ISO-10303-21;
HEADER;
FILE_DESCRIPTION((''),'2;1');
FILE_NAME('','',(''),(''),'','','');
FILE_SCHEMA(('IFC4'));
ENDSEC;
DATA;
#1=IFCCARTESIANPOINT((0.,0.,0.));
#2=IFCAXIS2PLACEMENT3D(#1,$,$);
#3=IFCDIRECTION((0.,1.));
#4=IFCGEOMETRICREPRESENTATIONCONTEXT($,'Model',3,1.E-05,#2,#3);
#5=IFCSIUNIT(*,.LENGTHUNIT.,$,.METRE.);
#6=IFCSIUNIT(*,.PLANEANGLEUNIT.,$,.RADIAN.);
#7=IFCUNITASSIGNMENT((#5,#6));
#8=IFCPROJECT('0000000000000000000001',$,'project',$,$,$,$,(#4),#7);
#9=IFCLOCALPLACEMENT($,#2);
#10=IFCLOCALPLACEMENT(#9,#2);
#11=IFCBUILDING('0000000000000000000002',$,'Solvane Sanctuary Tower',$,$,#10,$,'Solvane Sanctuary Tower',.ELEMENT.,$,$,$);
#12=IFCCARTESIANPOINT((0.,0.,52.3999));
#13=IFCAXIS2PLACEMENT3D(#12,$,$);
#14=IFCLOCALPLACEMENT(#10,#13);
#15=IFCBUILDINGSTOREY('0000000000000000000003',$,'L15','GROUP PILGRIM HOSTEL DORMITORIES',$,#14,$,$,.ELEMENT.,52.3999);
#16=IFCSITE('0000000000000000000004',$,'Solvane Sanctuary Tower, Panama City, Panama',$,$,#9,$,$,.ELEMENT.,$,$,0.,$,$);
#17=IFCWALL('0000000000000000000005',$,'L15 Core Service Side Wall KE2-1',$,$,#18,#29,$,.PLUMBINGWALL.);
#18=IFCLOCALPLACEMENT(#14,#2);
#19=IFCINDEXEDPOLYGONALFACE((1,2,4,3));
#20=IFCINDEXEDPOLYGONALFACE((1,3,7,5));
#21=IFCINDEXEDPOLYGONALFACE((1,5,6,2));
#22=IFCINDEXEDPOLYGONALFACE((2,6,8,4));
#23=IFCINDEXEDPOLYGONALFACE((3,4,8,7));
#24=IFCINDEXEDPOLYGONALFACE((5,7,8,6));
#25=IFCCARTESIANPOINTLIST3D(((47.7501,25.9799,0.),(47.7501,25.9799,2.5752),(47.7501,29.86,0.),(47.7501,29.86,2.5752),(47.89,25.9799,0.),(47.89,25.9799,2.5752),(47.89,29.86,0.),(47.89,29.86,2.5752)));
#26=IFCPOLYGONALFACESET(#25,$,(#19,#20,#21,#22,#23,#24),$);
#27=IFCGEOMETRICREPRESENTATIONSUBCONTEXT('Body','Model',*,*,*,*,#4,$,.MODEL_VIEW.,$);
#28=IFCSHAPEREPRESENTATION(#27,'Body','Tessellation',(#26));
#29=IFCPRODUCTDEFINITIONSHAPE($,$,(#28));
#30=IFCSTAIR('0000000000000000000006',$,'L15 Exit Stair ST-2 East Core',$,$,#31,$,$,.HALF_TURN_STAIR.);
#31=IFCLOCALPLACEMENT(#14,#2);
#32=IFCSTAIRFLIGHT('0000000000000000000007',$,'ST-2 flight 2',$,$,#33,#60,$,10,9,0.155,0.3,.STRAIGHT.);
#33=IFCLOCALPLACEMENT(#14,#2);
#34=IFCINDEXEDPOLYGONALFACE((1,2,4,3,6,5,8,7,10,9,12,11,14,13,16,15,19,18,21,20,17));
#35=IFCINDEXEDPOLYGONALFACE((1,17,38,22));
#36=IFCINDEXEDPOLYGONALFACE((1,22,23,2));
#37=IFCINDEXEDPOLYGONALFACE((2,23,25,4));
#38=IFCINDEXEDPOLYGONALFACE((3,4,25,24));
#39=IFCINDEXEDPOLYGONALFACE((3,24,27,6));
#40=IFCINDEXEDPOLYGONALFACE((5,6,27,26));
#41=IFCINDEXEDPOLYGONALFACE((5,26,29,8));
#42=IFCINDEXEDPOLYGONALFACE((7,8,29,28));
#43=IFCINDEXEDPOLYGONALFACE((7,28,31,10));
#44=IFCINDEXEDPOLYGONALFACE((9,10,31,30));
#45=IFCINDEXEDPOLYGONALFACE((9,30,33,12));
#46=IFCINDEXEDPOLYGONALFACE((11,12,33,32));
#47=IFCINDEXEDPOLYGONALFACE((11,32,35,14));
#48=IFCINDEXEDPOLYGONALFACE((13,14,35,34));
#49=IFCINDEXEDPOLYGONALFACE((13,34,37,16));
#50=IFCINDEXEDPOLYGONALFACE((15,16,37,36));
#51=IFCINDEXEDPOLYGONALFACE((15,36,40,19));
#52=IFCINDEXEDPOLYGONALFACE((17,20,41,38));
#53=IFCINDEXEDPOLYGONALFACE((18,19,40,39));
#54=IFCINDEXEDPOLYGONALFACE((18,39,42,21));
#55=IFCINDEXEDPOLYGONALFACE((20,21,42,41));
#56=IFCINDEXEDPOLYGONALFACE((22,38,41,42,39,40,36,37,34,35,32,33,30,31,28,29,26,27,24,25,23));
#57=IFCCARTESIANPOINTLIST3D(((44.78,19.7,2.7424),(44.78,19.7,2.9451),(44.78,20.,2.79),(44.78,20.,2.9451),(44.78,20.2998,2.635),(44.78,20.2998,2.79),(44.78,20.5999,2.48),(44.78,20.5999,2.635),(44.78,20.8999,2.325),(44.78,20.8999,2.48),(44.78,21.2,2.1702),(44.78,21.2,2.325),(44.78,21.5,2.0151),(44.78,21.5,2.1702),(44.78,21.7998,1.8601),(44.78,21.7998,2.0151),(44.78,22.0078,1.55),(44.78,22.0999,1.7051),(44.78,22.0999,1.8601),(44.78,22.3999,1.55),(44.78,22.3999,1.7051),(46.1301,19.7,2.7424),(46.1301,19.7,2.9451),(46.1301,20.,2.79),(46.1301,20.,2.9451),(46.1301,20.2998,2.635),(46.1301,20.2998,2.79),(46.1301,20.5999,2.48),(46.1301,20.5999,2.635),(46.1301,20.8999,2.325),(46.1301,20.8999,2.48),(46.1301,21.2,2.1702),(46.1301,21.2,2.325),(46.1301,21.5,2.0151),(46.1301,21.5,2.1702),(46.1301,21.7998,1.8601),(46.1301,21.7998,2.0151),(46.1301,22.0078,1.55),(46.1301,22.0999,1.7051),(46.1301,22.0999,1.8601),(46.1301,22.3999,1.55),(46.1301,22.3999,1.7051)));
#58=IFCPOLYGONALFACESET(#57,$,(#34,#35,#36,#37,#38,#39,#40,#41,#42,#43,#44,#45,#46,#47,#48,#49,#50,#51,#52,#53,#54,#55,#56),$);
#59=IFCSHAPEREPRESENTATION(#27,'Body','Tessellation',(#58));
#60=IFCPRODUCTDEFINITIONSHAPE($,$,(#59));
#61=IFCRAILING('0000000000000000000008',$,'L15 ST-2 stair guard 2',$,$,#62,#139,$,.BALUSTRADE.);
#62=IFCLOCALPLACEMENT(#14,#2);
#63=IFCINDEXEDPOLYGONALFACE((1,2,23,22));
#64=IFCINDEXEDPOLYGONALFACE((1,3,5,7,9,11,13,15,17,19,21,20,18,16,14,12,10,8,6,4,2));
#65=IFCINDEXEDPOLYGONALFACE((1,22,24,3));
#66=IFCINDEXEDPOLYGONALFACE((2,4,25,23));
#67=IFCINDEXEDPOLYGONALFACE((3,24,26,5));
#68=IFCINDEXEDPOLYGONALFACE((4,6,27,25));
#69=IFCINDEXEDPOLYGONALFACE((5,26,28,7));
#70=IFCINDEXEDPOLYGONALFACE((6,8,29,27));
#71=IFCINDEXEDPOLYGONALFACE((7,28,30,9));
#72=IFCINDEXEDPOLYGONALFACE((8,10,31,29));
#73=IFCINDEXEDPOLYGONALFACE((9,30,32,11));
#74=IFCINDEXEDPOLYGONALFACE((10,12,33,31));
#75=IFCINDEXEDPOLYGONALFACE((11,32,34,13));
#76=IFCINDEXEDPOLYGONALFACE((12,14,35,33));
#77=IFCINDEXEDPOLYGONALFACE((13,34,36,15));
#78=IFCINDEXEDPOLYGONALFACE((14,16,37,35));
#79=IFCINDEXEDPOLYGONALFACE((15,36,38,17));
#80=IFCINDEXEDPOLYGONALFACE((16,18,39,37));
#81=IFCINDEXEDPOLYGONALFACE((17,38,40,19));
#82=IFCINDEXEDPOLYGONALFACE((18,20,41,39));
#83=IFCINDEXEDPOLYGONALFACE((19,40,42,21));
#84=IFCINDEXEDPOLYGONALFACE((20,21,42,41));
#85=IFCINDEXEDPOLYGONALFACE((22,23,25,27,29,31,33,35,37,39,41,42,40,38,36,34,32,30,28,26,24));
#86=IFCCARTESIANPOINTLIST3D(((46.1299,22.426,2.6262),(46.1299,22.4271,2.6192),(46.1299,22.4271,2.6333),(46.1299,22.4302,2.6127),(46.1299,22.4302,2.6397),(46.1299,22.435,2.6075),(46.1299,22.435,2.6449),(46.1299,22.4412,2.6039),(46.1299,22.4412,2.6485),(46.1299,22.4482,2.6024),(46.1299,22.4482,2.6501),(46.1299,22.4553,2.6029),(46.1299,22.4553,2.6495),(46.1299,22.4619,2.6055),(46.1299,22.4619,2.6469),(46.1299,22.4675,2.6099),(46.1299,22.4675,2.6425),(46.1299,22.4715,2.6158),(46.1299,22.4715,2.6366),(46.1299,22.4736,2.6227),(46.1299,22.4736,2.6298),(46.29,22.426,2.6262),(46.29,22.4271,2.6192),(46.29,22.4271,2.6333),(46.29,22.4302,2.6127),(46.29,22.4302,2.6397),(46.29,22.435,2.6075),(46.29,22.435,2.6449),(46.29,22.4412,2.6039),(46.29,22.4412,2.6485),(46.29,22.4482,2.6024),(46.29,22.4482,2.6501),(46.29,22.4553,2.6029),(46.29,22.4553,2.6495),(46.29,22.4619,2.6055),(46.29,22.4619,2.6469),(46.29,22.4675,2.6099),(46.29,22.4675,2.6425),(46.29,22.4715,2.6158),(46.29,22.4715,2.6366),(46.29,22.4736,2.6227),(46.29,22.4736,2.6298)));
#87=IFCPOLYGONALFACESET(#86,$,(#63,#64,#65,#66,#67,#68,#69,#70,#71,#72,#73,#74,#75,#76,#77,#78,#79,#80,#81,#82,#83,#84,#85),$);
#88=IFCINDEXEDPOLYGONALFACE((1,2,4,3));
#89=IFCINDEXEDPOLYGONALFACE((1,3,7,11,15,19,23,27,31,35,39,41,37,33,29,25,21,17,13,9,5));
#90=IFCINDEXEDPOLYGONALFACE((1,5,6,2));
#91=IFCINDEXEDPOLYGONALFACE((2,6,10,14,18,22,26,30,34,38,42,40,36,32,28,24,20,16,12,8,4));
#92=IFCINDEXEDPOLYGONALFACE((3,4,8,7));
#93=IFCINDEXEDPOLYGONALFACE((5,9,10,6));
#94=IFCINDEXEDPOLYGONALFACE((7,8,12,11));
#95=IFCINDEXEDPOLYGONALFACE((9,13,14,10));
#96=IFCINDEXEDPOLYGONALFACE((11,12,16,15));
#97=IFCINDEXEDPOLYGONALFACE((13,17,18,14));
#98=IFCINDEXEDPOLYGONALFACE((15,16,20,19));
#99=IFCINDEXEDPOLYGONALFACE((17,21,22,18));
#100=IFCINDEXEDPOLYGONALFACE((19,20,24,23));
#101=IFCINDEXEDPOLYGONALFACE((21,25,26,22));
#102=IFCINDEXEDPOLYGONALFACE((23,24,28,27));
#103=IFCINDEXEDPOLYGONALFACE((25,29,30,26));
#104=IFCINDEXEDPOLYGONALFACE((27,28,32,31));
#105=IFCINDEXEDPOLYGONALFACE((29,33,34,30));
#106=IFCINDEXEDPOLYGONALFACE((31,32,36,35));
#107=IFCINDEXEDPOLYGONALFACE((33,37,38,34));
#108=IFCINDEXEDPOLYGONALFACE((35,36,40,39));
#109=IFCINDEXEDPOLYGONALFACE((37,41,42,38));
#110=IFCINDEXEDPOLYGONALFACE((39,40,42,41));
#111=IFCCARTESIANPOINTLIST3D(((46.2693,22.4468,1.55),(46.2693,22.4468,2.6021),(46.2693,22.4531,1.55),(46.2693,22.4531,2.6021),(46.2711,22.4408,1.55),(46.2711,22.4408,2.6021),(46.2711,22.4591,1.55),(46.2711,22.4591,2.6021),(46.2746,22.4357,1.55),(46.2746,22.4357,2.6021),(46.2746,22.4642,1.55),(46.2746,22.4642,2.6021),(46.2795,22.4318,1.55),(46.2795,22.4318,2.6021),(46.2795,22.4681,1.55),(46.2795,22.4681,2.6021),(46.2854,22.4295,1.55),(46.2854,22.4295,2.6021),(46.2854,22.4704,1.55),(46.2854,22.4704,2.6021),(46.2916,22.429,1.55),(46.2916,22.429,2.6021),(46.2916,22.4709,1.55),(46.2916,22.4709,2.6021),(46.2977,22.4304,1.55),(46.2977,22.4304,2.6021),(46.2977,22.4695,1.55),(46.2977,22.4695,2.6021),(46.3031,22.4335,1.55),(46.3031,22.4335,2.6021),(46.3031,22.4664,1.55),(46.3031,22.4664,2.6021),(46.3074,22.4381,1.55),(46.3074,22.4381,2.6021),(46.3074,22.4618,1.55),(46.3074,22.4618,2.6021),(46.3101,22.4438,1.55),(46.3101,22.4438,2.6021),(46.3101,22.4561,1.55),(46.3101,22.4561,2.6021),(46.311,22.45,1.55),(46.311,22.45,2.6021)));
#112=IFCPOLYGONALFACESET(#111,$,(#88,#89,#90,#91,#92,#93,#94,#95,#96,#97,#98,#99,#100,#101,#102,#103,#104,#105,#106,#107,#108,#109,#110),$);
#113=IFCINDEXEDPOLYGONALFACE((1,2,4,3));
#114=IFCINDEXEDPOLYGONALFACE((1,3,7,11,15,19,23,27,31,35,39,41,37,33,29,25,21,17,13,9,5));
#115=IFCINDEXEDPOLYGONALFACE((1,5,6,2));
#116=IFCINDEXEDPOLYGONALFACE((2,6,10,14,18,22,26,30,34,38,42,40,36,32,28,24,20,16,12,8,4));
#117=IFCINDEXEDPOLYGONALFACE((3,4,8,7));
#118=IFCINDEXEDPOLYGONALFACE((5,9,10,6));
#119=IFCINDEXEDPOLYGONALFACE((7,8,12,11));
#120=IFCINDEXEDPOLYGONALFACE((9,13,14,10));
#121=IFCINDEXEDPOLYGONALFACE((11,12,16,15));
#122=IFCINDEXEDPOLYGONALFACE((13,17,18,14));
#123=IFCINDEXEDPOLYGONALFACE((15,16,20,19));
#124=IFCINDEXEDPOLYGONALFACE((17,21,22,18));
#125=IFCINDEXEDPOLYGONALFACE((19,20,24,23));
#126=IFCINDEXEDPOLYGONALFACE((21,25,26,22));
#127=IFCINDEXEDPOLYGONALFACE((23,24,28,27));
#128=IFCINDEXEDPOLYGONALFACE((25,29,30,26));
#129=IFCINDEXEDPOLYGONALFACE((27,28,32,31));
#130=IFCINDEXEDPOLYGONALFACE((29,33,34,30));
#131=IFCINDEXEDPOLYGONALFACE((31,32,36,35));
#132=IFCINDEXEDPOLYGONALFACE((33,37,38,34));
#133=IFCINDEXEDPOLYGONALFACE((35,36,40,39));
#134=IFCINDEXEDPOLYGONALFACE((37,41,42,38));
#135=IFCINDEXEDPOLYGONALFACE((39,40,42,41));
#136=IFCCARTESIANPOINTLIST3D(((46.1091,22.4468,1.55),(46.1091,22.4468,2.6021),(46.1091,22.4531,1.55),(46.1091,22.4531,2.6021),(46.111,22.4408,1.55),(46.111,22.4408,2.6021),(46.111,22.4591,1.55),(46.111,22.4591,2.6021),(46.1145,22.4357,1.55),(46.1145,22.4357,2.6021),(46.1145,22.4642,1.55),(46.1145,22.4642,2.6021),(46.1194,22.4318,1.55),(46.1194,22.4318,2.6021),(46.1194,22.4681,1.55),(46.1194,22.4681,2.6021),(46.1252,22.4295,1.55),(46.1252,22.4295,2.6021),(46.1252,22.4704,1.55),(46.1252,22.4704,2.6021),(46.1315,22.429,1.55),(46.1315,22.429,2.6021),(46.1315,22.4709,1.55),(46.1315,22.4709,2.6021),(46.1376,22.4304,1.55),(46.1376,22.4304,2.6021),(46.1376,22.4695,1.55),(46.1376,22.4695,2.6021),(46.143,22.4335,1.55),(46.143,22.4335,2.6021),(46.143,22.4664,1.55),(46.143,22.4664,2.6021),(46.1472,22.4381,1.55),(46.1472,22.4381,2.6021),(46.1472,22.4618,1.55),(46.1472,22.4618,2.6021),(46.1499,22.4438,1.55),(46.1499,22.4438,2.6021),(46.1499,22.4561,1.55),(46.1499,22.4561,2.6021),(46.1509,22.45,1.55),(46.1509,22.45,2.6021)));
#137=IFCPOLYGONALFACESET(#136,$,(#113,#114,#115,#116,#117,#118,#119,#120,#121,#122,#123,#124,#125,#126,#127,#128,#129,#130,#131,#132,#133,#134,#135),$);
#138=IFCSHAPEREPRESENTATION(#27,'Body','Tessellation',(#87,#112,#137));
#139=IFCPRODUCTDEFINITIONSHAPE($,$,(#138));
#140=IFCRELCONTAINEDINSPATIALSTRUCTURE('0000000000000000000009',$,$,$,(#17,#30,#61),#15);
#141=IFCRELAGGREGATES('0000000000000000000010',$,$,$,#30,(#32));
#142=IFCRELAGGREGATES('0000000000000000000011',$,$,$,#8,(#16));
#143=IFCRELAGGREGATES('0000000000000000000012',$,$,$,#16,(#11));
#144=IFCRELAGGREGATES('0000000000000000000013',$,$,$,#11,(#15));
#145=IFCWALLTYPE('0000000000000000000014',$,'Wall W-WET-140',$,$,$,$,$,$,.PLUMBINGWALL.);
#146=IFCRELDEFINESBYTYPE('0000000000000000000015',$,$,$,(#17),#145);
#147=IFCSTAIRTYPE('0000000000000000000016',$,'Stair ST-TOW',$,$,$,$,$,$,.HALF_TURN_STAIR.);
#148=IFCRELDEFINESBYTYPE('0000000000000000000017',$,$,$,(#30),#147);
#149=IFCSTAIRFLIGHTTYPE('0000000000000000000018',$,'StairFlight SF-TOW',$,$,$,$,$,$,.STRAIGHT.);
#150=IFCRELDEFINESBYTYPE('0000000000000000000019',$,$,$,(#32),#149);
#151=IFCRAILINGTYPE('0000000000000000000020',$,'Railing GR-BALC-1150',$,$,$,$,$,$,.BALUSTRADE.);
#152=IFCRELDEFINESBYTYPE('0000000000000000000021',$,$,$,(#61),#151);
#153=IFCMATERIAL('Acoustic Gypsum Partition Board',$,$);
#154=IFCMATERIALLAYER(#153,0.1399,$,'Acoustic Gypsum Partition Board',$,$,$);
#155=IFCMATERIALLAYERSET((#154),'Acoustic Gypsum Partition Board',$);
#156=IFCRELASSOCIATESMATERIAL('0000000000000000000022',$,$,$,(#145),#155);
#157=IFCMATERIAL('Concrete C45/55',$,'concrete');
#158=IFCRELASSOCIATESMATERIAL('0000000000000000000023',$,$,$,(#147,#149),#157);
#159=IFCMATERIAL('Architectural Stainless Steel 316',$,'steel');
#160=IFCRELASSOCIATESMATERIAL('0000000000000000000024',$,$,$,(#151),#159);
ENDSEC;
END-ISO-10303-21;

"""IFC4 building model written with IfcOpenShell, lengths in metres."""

from ifc_helpers import new_model, si_unit, direction, frame, frame_2d, origin, origin_2d, place, context, subcontext, project, spatial, polyline, rectangle, circle, outline, extrude, material, layer, layer_set, type_object, element, aggregate, save


model = new_model("IFC4")

# Units and contexts
model_context = context("Model", 3, precision=1e-05, world=origin(), true_north=direction((0.0, 1.0)))
body_context = subcontext(model_context, "Body", "Model", "MODEL_VIEW")
ifc_project = project(units=[si_unit("LENGTHUNIT", "METRE"), si_unit("PLANEANGLEUNIT", "RADIAN")], contexts=[model_context])

# Site, building, storey
site_placement = place(None, origin())
site = spatial("IfcSite", under=ifc_project, at=site_placement, Name="Solvane Sanctuary Tower, Panama City, Panama", CompositionType="ELEMENT", RefElevation=0.0)
building_placement = place(site_placement, origin())
building = spatial("IfcBuilding", under=site, at=building_placement, Name="Solvane Sanctuary Tower", LongName="Solvane Sanctuary Tower", CompositionType="ELEMENT")
storey_placement = place(building_placement, frame((0.0, 0.0, 52.3999)))
storey = spatial("IfcBuildingStorey", under=building, at=storey_placement, Name="L15", Description="GROUP PILGRIM HOSTEL DORMITORIES", CompositionType="ELEMENT", Elevation=52.3999)

# Shared definitions
ifc_material_1 = material(Name="Acoustic Gypsum Partition Board")

# Shared definitions
ifc_material_2 = material(Name="Architectural Stainless Steel 316", Category="steel")

# Shared definitions
ifc_layer_1 = layer(ifc_material_1, 0.1399, Name="Acoustic Gypsum Partition Board")
ifc_layer_set_1 = layer_set([ifc_layer_1], Name="Acoustic Gypsum Partition Board")
wall_type_1 = type_object("IfcWallType", Name="Wall W-WET-140", PredefinedType="PLUMBINGWALL", material=ifc_layer_set_1)

# Wall
wall_1_placement = place(storey_placement, frame((47.8201, 25.98, 0.0), z_axis=(0.0, 0.0, 1.0), x_axis=(0.0, 1.0, 0.0)))
element("IfcWall", 1, at=wall_1_placement, inside=storey, type_object=wall_type_1, Name="L15 Core Service Side Wall KE2-1", PredefinedType="PLUMBINGWALL", context=body_context, shape_type="SweptSolid", body=[
    extrude(rectangle(XDim=3.8801, YDim=0.1399, at=frame_2d((1.9399, 0.0))), origin(), (0.0, 0.0, 1.0), 2.5752),
])

# Stair, stair flight
ifc_material_3 = material(Name="Concrete C45/55", Category="concrete")
stair_type = type_object("IfcStairType", Name="Stair ST-TOW", PredefinedType="HALF_TURN_STAIR", material=ifc_material_3)
stair_placement = place(storey_placement, origin())
stair = element("IfcStair", 2, at=stair_placement, inside=storey, type_object=stair_type, Name="L15 Exit Stair ST-2 East Core", PredefinedType="HALF_TURN_STAIR")
stair_flight_type = type_object("IfcStairFlightType", Name="StairFlight SF-TOW", PredefinedType="STRAIGHT", material=ifc_material_3)
stair_flight_placement = place(storey_placement, frame((45.4551, 22.3999, 1.55), z_axis=(0.0, 0.0, 1.0), x_axis=(0.0, -1.0, 0.0)))
stair_flight = element("IfcStairFlight", 3, at=stair_flight_placement, type_object=stair_flight_type, Name="ST-2 flight 2", NumberOfRisers=10, NumberOfTreads=9, PredefinedType="STRAIGHT", RiserHeight=0.155, TreadLength=0.3, context=body_context, shape_type="SweptSolid", body=[
    extrude(outline(polyline([(0.0, 0.0), (0.0, 0.155), (0.3, 0.155), (0.3, 0.3101), (0.6001, 0.3101), (0.6001, 0.4651), (0.8999, 0.4651), (0.8999, 0.6201), (1.2, 0.6201), (1.2, 0.7749), (1.5, 0.7749), (1.5, 0.9299), (1.8, 0.9299), (1.8, 1.085), (2.1001, 1.085), (2.1001, 1.24), (2.3999, 1.24), (2.3999, 1.395), (2.7, 1.395), (2.7, 1.55), (2.7, 1.1924), (0.3921, 0.0), (0.0, 0.0)])), frame((0.0, 0.675, 0.0), z_axis=(0.0, -1.0, 0.0), x_axis=(1.0, 0.0, 0.0)), (0.0, 0.0, 1.0), 1.3501),
])
aggregate(stair, [stair_flight])

# Railing
railing_type_1 = type_object("IfcRailingType", Name="Railing GR-BALC-1150", PredefinedType="BALUSTRADE", material=ifc_material_2)
railing_1_placement = place(storey_placement, frame((46.29, 22.45, 1.55)))
element("IfcRailing", 4, at=railing_1_placement, inside=storey, type_object=railing_type_1, Name="L15 ST-2 stair guard 2", PredefinedType="BALUSTRADE", context=body_context, shape_type="SweptSolid", body=[
    extrude(circle(Radius=0.0239, at=origin_2d()), frame((0.0, 0.0, 1.0762), z_axis=(-1.0, 0.0, 0.0), x_axis=(0.0, -1.0, 0.0)), (0.0, 0.0, 1.0), 0.1602),
    extrude(circle(Radius=0.021, at=origin_2d()), origin(), (0.0, 0.0, 1.0), 1.052),
    extrude(circle(Radius=0.021, at=origin_2d()), frame((-0.1602, 0.0, 0.0)), (0.0, 0.0, 1.0), 1.052),
])

save(model, "model.ifc")
